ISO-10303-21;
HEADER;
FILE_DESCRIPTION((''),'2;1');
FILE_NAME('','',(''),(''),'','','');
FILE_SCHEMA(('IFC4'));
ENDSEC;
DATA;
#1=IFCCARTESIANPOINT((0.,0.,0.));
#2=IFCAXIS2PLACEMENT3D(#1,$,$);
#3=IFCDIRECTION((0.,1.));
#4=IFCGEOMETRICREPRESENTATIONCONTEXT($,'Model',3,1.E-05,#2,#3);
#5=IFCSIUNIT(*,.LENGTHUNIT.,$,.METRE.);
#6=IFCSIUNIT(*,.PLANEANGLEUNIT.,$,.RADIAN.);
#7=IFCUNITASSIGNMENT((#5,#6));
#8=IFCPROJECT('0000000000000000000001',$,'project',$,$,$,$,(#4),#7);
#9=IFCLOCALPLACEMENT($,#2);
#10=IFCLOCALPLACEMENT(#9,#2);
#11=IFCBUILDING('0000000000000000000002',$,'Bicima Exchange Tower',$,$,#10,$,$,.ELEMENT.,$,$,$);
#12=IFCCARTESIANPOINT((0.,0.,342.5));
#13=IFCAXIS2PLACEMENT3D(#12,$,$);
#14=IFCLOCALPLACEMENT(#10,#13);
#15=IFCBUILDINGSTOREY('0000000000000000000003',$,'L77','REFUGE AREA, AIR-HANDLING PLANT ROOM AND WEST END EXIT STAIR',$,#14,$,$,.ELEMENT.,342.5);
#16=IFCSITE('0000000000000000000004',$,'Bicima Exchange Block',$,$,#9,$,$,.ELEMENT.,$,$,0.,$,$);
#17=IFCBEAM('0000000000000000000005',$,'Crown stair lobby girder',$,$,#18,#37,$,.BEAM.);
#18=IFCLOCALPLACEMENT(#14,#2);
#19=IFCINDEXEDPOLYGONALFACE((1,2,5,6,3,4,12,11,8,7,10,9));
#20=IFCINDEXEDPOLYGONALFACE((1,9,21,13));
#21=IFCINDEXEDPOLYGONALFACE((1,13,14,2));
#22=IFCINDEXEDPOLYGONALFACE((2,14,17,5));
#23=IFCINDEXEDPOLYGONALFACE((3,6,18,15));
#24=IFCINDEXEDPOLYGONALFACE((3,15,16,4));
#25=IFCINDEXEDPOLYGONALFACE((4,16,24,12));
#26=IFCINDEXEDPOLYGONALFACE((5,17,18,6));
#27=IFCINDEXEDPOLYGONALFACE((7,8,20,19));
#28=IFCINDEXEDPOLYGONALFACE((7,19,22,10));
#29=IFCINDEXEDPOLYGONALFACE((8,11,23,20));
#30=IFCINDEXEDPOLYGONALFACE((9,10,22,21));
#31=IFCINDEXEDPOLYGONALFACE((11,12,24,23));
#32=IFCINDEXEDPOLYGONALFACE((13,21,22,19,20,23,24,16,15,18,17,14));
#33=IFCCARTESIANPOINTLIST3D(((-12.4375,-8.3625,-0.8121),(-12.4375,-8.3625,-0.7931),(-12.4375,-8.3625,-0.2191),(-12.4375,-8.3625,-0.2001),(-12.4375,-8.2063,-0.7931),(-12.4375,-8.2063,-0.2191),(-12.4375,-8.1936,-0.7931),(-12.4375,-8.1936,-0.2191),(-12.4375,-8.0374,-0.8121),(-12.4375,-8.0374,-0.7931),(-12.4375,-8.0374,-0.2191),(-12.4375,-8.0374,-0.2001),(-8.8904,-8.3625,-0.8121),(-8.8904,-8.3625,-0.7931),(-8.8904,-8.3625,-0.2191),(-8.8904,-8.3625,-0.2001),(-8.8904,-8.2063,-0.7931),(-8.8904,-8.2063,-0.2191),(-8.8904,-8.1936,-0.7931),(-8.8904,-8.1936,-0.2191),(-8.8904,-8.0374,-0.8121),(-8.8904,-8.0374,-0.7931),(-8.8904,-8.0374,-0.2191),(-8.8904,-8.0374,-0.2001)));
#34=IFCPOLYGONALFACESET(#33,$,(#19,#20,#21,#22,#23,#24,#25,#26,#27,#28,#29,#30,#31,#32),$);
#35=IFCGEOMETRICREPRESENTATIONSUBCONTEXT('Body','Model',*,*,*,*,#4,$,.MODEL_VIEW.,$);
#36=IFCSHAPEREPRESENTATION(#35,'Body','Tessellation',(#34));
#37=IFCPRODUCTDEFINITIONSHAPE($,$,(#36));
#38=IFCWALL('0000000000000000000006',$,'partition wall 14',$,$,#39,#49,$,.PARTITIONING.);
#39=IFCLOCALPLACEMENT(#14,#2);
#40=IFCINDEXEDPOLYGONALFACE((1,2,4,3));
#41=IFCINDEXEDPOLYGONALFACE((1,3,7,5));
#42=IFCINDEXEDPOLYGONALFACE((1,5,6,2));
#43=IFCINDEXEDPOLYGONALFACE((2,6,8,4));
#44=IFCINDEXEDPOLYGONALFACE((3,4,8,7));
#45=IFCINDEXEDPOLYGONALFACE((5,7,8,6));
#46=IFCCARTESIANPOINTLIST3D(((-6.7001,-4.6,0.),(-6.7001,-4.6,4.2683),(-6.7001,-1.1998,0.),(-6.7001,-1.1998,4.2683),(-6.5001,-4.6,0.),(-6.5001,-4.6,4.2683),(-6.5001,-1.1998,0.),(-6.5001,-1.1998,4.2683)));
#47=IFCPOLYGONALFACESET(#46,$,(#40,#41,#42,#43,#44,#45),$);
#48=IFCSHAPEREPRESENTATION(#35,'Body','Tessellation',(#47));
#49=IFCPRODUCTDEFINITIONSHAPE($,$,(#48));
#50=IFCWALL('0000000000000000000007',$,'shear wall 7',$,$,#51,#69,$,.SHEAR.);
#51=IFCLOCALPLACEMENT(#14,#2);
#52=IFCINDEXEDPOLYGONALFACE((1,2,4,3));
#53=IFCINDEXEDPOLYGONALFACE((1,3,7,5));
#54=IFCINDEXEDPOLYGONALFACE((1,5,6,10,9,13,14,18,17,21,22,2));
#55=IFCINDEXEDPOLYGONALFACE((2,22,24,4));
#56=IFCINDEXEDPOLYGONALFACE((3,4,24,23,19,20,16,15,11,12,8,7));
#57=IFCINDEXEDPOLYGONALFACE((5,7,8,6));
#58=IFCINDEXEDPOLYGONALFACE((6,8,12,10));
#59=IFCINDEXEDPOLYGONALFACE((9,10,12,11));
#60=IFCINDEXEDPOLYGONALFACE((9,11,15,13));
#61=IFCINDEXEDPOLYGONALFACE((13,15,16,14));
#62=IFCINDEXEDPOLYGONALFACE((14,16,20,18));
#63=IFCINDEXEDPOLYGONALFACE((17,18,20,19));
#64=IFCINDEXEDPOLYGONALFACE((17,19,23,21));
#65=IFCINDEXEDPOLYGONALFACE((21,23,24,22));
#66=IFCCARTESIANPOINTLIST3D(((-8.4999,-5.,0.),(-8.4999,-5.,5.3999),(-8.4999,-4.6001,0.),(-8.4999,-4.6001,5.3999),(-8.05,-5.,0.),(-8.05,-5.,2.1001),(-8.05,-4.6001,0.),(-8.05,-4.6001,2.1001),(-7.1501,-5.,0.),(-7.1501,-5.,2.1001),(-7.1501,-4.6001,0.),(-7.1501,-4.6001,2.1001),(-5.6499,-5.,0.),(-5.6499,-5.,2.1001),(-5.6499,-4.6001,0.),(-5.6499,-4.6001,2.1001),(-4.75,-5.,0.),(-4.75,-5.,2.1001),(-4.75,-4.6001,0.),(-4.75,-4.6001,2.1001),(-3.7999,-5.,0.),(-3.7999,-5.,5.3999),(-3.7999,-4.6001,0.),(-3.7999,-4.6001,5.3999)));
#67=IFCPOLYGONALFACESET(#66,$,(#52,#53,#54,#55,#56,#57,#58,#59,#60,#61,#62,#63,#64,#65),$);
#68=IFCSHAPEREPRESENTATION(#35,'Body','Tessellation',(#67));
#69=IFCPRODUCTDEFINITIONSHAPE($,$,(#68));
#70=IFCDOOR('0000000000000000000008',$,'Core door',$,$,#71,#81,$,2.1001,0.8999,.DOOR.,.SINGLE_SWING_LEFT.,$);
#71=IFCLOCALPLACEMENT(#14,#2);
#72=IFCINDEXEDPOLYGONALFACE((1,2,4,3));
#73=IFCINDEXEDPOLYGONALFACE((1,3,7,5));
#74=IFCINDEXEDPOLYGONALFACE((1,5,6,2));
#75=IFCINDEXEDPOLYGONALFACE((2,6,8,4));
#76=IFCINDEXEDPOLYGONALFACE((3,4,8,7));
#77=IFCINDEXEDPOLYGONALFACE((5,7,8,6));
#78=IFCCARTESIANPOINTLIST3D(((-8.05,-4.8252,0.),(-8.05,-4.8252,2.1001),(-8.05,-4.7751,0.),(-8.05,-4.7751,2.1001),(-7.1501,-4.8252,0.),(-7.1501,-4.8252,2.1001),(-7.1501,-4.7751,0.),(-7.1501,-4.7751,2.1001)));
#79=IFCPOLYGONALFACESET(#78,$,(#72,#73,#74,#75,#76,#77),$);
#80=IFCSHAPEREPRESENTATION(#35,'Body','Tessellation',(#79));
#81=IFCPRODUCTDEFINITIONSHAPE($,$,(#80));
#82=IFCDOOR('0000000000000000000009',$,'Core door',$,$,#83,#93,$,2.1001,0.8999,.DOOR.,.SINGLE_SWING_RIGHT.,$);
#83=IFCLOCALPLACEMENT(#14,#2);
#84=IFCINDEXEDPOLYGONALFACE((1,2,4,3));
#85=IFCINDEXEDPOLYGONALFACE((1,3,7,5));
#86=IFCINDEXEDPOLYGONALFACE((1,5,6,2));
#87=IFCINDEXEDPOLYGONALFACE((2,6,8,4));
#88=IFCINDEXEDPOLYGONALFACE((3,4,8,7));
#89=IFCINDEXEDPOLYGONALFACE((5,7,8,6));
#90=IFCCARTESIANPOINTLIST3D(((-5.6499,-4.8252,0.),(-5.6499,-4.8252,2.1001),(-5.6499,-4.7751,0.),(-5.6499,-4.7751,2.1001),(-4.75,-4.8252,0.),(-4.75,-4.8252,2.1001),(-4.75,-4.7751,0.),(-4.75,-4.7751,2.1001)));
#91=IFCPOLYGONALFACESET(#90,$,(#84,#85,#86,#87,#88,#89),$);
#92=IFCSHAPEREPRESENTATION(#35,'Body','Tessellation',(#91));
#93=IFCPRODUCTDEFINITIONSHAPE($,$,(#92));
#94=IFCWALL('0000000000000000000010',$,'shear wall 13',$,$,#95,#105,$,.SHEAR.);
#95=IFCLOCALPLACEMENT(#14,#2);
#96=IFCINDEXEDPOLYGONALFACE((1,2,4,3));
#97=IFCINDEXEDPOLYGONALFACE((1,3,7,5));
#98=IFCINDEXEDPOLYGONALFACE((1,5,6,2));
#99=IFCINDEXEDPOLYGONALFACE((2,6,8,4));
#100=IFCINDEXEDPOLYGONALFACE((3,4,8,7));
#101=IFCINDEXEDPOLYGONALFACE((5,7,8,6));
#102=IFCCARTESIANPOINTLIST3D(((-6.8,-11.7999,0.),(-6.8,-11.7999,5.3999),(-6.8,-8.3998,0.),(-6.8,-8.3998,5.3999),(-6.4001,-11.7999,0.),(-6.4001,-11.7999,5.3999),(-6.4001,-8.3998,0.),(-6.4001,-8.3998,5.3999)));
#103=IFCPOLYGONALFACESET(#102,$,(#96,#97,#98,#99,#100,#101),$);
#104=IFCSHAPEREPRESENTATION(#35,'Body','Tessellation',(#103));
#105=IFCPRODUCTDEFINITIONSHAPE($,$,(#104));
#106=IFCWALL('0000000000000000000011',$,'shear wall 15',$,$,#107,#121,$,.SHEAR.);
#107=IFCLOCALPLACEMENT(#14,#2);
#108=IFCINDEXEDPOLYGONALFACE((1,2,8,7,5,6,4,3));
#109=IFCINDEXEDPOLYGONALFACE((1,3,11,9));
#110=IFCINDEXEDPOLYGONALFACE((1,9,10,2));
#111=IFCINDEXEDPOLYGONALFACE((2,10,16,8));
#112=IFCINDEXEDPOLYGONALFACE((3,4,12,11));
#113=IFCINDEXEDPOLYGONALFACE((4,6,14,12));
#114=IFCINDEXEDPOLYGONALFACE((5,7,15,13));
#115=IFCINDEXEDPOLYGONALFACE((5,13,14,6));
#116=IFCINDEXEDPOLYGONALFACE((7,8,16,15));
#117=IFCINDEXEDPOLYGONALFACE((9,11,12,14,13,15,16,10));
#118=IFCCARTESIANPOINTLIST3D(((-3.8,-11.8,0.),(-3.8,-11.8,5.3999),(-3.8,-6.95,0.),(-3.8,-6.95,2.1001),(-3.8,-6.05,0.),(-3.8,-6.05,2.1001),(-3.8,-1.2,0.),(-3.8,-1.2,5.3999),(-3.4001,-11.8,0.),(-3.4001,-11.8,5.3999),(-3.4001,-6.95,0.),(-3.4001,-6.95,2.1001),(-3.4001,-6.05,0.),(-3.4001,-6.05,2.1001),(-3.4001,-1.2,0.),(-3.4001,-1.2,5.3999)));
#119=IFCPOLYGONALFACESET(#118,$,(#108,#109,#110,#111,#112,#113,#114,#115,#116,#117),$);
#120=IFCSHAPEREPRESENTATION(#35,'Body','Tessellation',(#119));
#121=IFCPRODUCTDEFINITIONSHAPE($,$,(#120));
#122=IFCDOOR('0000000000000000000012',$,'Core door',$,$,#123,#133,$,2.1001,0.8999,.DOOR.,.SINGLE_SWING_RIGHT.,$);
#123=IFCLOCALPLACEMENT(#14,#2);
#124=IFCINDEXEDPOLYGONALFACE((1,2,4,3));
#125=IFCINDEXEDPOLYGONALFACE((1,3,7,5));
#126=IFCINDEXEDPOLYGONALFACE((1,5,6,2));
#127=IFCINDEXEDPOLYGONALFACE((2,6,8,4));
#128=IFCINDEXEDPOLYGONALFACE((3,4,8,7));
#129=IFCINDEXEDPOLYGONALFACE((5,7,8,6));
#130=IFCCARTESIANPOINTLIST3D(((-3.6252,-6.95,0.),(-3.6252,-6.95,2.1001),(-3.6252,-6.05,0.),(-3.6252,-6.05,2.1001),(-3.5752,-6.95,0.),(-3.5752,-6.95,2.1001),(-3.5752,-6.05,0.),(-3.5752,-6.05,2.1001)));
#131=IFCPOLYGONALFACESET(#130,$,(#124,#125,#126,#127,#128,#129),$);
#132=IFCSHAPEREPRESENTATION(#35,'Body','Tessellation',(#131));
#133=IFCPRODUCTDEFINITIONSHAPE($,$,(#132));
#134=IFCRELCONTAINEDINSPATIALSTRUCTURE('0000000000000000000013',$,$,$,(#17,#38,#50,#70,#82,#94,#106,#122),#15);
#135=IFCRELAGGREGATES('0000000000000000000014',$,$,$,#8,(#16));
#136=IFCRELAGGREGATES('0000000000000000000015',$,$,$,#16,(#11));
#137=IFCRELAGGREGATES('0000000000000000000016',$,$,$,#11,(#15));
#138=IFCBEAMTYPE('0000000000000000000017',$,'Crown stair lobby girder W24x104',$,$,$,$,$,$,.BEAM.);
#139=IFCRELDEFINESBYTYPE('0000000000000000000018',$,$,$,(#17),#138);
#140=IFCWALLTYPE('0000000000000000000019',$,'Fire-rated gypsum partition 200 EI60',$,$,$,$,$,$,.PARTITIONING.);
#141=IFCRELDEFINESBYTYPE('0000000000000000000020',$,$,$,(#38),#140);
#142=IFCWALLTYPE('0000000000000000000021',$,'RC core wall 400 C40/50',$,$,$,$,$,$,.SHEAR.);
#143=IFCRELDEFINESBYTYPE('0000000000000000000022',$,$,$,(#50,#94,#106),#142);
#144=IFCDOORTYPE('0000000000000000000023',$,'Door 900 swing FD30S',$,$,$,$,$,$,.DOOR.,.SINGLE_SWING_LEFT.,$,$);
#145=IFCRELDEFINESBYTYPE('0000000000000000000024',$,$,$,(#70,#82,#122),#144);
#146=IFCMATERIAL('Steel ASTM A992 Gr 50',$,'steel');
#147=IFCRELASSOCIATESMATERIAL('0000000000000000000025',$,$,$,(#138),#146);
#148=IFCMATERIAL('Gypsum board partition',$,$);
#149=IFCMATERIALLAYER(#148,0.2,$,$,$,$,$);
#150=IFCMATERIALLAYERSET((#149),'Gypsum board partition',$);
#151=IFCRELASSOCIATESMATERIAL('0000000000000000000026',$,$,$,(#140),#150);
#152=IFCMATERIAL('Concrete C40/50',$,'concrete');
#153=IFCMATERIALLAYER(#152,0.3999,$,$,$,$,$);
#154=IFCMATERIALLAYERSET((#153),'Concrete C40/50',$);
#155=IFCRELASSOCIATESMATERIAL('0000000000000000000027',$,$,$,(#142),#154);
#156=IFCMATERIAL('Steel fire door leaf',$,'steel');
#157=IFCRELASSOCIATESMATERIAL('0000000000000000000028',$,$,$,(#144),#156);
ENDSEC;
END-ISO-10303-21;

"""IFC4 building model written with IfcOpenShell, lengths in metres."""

from ifc_helpers import new_model, si_unit, direction, frame, frame_2d, origin, origin_2d, place, context, subcontext, project, spatial, rectangle, i_section, extrude, material, layer, layer_set, material_profile, profile_set, type_object, element, fill, save


model = new_model("IFC4")

# Units and contexts
model_context = context("Model", 3, precision=1e-05, world=origin(), true_north=direction((0.0, 1.0)))
body_context = subcontext(model_context, "Body", "Model", "MODEL_VIEW")
ifc_project = project(units=[si_unit("LENGTHUNIT", "METRE"), si_unit("PLANEANGLEUNIT", "RADIAN")], contexts=[model_context])

# Site, building, storey
site_placement = place(None, origin())
site = spatial("IfcSite", under=ifc_project, at=site_placement, Name="Bicima Exchange Block", CompositionType="ELEMENT", RefElevation=0.0)
building_placement = place(site_placement, origin())
building = spatial("IfcBuilding", under=site, at=building_placement, Name="Bicima Exchange Tower", CompositionType="ELEMENT")
storey_placement = place(building_placement, frame((0.0, 0.0, 342.5)))
storey = spatial("IfcBuildingStorey", under=building, at=storey_placement, Name="L77", Description="REFUGE AREA, AIR-HANDLING PLANT ROOM AND WEST END EXIT STAIR", CompositionType="ELEMENT", Elevation=342.5)

# Beam
ifc_material_1 = material(Name="Steel ASTM A992 Gr 50", Category="steel")
ifc_material_profile = material_profile(ifc_material_1, i_section(OverallWidth=0.3252, OverallDepth=0.6121, WebThickness=0.0127, FlangeThickness=0.019, at=origin_2d()))
ifc_profile_set = profile_set([ifc_material_profile], Name="Steel ASTM A992 Gr 50")
beam_type = type_object("IfcBeamType", Name="Crown stair lobby girder W24x104", PredefinedType="BEAM", material=ifc_profile_set)
beam_placement = place(storey_placement, frame((-12.4375, -8.2, -0.5061), z_axis=(1.0, 0.0, 0.0), x_axis=(0.0, 1.0, 0.0)))
element("IfcBeam", 1, at=beam_placement, inside=storey, type_object=beam_type, Name="Crown stair lobby girder", PredefinedType="BEAM", context=body_context, shape_type="SweptSolid", body=[
    extrude(i_section(OverallWidth=0.3252, OverallDepth=0.6121, WebThickness=0.0127, FlangeThickness=0.019, at=origin_2d()), origin(), (0.0, 0.0, 1.0), 3.5471),
])

# Wall
ifc_material_2 = material(Name="Gypsum board partition")
ifc_layer_1 = layer(ifc_material_2, 0.2)
ifc_layer_set_1 = layer_set([ifc_layer_1], Name="Gypsum board partition")
wall_type_1 = type_object("IfcWallType", Name="Fire-rated gypsum partition 200 EI60", PredefinedType="PARTITIONING", material=ifc_layer_set_1)
wall_1_placement = place(storey_placement, frame((-6.6001, -4.6001, 0.0), z_axis=(0.0, 0.0, 1.0), x_axis=(0.0, 1.0, 0.0)))
element("IfcWall", 2, at=wall_1_placement, inside=storey, type_object=wall_type_1, Name="partition wall 14", PredefinedType="PARTITIONING", context=body_context, shape_type="SweptSolid", body=[
    extrude(rectangle(XDim=3.4001, YDim=0.2, at=frame_2d((1.7002, 0.0))), origin(), (0.0, 0.0, 1.0), 4.2683),
])

# Wall, openings, doors
ifc_material_3 = material(Name="Concrete C40/50", Category="concrete")
ifc_layer_2 = layer(ifc_material_3, 0.3999)
ifc_layer_set_2 = layer_set([ifc_layer_2], Name="Concrete C40/50")
wall_type_2 = type_object("IfcWallType", Name="RC core wall 400 C40/50", PredefinedType="SHEAR", material=ifc_layer_set_2)
wall_2_placement = place(storey_placement, frame((-8.5, -4.8, 0.0), z_axis=(0.0, 0.0, 1.0), x_axis=(1.0, 0.0, 0.0)))
wall_2 = element("IfcWall", 3, at=wall_2_placement, inside=storey, type_object=wall_type_2, Name="shear wall 7", PredefinedType="SHEAR", context=body_context, shape_type="SweptSolid", body=[
    extrude(rectangle(XDim=4.7, YDim=0.3999, at=frame_2d((2.3501, 0.0))), origin(), (0.0, 0.0, 1.0), 5.3999),
])
opening_1_placement = place(wall_2_placement, frame((0.45, 0.0, 0.0)))
opening_1 = element("IfcOpeningElement", 4, at=opening_1_placement, cuts=wall_2, PredefinedType="OPENING", context=body_context, shape_type="SweptSolid", body=[
    extrude(rectangle(XDim=0.8999, YDim=2.1001, at=frame_2d((0.45, 1.05))), frame((0.0, 0.2119, 0.0), z_axis=(0.0, -1.0, 0.0), x_axis=(1.0, 0.0, 0.0)), (0.0, 0.0, 1.0), 0.4238),
])
opening_2_placement = place(wall_2_placement, frame((2.8501, 0.0, 0.0)))
opening_2 = element("IfcOpeningElement", 5, at=opening_2_placement, cuts=wall_2, PredefinedType="OPENING", context=body_context, shape_type="SweptSolid", body=[
    extrude(rectangle(XDim=0.8999, YDim=2.1001, at=frame_2d((0.45, 1.05))), frame((0.0, 0.2119, 0.0), z_axis=(0.0, -1.0, 0.0), x_axis=(1.0, 0.0, 0.0)), (0.0, 0.0, 1.0), 0.4238),
])
ifc_material_4 = material(Name="Steel fire door leaf", Category="steel")
door_type_1 = type_object("IfcDoorType", Name="Door 900 swing FD30S", OperationType="SINGLE_SWING_LEFT", PredefinedType="DOOR", material=ifc_material_4)
door_1_placement = place(opening_1_placement, origin())
door_1 = element("IfcDoor", 6, at=door_1_placement, inside=storey, type_object=door_type_1, Name="Core door", OperationType="SINGLE_SWING_LEFT", OverallHeight=2.1001, OverallWidth=0.8999, PredefinedType="DOOR", context=body_context, shape_type="SweptSolid", body=[
    extrude(rectangle(XDim=0.8999, YDim=2.1001, at=frame_2d((0.45, 1.05))), frame((0.0, 0.0249, 0.0), z_axis=(0.0, -1.0, 0.0), x_axis=(1.0, 0.0, 0.0)), (0.0, 0.0, 1.0), 0.05),
])
fill(opening_1, door_1)
door_2_placement = place(opening_2_placement, origin())
door_2 = element("IfcDoor", 7, at=door_2_placement, inside=storey, type_object=door_type_1, Name="Core door", OperationType="SINGLE_SWING_RIGHT", OverallHeight=2.1001, OverallWidth=0.8999, PredefinedType="DOOR", context=body_context, shape_type="SweptSolid", body=[
    extrude(rectangle(XDim=0.8999, YDim=2.1001, at=frame_2d((0.45, 1.05))), frame((0.0, 0.0249, 0.0), z_axis=(0.0, -1.0, 0.0), x_axis=(1.0, 0.0, 0.0)), (0.0, 0.0, 1.0), 0.05),
])
fill(opening_2, door_2)

# Wall
wall_3_placement = place(storey_placement, frame((-6.6001, -11.8, 0.0), z_axis=(0.0, 0.0, 1.0), x_axis=(0.0, 1.0, 0.0)))
element("IfcWall", 8, at=wall_3_placement, inside=storey, type_object=wall_type_2, Name="shear wall 13", PredefinedType="SHEAR", context=body_context, shape_type="SweptSolid", body=[
    extrude(rectangle(XDim=3.4001, YDim=0.3999, at=frame_2d((1.7002, 0.0))), origin(), (0.0, 0.0, 1.0), 5.3999),
])

# Wall, opening, door
wall_4_placement = place(storey_placement, frame((-3.6001, -11.8, 0.0), z_axis=(0.0, 0.0, 1.0), x_axis=(0.0, 1.0, 0.0)))
wall_4 = element("IfcWall", 9, at=wall_4_placement, inside=storey, type_object=wall_type_2, Name="shear wall 15", PredefinedType="SHEAR", context=body_context, shape_type="SweptSolid", body=[
    extrude(rectangle(XDim=10.6001, YDim=0.3999, at=frame_2d((5.3, 0.0))), origin(), (0.0, 0.0, 1.0), 5.3999),
])
opening_3_placement = place(wall_4_placement, frame((4.8501, 0.0, 0.0)))
opening_3 = element("IfcOpeningElement", 10, at=opening_3_placement, cuts=wall_4, PredefinedType="OPENING", context=body_context, shape_type="SweptSolid", body=[
    extrude(rectangle(XDim=0.8999, YDim=2.1001, at=frame_2d((0.45, 1.05))), frame((0.0, 0.2119, 0.0), z_axis=(0.0, -1.0, 0.0), x_axis=(1.0, 0.0, 0.0)), (0.0, 0.0, 1.0), 0.4238),
])
door_3_placement = place(opening_3_placement, frame((0.8999, 0.0, 0.0), z_axis=(0.0, 0.0, 1.0), x_axis=(-1.0, 0.0, 0.0)))
door_3 = element("IfcDoor", 11, at=door_3_placement, inside=storey, type_object=door_type_1, Name="Core door", OperationType="SINGLE_SWING_RIGHT", OverallHeight=2.1001, OverallWidth=0.8999, PredefinedType="DOOR", context=body_context, shape_type="SweptSolid", body=[
    extrude(rectangle(XDim=0.8999, YDim=2.1001, at=frame_2d((0.45, 1.05))), frame((0.0, 0.0249, 0.0), z_axis=(0.0, -1.0, 0.0), x_axis=(1.0, 0.0, 0.0)), (0.0, 0.0, 1.0), 0.05),
])
fill(opening_3, door_3)

save(model, "model.ifc")
